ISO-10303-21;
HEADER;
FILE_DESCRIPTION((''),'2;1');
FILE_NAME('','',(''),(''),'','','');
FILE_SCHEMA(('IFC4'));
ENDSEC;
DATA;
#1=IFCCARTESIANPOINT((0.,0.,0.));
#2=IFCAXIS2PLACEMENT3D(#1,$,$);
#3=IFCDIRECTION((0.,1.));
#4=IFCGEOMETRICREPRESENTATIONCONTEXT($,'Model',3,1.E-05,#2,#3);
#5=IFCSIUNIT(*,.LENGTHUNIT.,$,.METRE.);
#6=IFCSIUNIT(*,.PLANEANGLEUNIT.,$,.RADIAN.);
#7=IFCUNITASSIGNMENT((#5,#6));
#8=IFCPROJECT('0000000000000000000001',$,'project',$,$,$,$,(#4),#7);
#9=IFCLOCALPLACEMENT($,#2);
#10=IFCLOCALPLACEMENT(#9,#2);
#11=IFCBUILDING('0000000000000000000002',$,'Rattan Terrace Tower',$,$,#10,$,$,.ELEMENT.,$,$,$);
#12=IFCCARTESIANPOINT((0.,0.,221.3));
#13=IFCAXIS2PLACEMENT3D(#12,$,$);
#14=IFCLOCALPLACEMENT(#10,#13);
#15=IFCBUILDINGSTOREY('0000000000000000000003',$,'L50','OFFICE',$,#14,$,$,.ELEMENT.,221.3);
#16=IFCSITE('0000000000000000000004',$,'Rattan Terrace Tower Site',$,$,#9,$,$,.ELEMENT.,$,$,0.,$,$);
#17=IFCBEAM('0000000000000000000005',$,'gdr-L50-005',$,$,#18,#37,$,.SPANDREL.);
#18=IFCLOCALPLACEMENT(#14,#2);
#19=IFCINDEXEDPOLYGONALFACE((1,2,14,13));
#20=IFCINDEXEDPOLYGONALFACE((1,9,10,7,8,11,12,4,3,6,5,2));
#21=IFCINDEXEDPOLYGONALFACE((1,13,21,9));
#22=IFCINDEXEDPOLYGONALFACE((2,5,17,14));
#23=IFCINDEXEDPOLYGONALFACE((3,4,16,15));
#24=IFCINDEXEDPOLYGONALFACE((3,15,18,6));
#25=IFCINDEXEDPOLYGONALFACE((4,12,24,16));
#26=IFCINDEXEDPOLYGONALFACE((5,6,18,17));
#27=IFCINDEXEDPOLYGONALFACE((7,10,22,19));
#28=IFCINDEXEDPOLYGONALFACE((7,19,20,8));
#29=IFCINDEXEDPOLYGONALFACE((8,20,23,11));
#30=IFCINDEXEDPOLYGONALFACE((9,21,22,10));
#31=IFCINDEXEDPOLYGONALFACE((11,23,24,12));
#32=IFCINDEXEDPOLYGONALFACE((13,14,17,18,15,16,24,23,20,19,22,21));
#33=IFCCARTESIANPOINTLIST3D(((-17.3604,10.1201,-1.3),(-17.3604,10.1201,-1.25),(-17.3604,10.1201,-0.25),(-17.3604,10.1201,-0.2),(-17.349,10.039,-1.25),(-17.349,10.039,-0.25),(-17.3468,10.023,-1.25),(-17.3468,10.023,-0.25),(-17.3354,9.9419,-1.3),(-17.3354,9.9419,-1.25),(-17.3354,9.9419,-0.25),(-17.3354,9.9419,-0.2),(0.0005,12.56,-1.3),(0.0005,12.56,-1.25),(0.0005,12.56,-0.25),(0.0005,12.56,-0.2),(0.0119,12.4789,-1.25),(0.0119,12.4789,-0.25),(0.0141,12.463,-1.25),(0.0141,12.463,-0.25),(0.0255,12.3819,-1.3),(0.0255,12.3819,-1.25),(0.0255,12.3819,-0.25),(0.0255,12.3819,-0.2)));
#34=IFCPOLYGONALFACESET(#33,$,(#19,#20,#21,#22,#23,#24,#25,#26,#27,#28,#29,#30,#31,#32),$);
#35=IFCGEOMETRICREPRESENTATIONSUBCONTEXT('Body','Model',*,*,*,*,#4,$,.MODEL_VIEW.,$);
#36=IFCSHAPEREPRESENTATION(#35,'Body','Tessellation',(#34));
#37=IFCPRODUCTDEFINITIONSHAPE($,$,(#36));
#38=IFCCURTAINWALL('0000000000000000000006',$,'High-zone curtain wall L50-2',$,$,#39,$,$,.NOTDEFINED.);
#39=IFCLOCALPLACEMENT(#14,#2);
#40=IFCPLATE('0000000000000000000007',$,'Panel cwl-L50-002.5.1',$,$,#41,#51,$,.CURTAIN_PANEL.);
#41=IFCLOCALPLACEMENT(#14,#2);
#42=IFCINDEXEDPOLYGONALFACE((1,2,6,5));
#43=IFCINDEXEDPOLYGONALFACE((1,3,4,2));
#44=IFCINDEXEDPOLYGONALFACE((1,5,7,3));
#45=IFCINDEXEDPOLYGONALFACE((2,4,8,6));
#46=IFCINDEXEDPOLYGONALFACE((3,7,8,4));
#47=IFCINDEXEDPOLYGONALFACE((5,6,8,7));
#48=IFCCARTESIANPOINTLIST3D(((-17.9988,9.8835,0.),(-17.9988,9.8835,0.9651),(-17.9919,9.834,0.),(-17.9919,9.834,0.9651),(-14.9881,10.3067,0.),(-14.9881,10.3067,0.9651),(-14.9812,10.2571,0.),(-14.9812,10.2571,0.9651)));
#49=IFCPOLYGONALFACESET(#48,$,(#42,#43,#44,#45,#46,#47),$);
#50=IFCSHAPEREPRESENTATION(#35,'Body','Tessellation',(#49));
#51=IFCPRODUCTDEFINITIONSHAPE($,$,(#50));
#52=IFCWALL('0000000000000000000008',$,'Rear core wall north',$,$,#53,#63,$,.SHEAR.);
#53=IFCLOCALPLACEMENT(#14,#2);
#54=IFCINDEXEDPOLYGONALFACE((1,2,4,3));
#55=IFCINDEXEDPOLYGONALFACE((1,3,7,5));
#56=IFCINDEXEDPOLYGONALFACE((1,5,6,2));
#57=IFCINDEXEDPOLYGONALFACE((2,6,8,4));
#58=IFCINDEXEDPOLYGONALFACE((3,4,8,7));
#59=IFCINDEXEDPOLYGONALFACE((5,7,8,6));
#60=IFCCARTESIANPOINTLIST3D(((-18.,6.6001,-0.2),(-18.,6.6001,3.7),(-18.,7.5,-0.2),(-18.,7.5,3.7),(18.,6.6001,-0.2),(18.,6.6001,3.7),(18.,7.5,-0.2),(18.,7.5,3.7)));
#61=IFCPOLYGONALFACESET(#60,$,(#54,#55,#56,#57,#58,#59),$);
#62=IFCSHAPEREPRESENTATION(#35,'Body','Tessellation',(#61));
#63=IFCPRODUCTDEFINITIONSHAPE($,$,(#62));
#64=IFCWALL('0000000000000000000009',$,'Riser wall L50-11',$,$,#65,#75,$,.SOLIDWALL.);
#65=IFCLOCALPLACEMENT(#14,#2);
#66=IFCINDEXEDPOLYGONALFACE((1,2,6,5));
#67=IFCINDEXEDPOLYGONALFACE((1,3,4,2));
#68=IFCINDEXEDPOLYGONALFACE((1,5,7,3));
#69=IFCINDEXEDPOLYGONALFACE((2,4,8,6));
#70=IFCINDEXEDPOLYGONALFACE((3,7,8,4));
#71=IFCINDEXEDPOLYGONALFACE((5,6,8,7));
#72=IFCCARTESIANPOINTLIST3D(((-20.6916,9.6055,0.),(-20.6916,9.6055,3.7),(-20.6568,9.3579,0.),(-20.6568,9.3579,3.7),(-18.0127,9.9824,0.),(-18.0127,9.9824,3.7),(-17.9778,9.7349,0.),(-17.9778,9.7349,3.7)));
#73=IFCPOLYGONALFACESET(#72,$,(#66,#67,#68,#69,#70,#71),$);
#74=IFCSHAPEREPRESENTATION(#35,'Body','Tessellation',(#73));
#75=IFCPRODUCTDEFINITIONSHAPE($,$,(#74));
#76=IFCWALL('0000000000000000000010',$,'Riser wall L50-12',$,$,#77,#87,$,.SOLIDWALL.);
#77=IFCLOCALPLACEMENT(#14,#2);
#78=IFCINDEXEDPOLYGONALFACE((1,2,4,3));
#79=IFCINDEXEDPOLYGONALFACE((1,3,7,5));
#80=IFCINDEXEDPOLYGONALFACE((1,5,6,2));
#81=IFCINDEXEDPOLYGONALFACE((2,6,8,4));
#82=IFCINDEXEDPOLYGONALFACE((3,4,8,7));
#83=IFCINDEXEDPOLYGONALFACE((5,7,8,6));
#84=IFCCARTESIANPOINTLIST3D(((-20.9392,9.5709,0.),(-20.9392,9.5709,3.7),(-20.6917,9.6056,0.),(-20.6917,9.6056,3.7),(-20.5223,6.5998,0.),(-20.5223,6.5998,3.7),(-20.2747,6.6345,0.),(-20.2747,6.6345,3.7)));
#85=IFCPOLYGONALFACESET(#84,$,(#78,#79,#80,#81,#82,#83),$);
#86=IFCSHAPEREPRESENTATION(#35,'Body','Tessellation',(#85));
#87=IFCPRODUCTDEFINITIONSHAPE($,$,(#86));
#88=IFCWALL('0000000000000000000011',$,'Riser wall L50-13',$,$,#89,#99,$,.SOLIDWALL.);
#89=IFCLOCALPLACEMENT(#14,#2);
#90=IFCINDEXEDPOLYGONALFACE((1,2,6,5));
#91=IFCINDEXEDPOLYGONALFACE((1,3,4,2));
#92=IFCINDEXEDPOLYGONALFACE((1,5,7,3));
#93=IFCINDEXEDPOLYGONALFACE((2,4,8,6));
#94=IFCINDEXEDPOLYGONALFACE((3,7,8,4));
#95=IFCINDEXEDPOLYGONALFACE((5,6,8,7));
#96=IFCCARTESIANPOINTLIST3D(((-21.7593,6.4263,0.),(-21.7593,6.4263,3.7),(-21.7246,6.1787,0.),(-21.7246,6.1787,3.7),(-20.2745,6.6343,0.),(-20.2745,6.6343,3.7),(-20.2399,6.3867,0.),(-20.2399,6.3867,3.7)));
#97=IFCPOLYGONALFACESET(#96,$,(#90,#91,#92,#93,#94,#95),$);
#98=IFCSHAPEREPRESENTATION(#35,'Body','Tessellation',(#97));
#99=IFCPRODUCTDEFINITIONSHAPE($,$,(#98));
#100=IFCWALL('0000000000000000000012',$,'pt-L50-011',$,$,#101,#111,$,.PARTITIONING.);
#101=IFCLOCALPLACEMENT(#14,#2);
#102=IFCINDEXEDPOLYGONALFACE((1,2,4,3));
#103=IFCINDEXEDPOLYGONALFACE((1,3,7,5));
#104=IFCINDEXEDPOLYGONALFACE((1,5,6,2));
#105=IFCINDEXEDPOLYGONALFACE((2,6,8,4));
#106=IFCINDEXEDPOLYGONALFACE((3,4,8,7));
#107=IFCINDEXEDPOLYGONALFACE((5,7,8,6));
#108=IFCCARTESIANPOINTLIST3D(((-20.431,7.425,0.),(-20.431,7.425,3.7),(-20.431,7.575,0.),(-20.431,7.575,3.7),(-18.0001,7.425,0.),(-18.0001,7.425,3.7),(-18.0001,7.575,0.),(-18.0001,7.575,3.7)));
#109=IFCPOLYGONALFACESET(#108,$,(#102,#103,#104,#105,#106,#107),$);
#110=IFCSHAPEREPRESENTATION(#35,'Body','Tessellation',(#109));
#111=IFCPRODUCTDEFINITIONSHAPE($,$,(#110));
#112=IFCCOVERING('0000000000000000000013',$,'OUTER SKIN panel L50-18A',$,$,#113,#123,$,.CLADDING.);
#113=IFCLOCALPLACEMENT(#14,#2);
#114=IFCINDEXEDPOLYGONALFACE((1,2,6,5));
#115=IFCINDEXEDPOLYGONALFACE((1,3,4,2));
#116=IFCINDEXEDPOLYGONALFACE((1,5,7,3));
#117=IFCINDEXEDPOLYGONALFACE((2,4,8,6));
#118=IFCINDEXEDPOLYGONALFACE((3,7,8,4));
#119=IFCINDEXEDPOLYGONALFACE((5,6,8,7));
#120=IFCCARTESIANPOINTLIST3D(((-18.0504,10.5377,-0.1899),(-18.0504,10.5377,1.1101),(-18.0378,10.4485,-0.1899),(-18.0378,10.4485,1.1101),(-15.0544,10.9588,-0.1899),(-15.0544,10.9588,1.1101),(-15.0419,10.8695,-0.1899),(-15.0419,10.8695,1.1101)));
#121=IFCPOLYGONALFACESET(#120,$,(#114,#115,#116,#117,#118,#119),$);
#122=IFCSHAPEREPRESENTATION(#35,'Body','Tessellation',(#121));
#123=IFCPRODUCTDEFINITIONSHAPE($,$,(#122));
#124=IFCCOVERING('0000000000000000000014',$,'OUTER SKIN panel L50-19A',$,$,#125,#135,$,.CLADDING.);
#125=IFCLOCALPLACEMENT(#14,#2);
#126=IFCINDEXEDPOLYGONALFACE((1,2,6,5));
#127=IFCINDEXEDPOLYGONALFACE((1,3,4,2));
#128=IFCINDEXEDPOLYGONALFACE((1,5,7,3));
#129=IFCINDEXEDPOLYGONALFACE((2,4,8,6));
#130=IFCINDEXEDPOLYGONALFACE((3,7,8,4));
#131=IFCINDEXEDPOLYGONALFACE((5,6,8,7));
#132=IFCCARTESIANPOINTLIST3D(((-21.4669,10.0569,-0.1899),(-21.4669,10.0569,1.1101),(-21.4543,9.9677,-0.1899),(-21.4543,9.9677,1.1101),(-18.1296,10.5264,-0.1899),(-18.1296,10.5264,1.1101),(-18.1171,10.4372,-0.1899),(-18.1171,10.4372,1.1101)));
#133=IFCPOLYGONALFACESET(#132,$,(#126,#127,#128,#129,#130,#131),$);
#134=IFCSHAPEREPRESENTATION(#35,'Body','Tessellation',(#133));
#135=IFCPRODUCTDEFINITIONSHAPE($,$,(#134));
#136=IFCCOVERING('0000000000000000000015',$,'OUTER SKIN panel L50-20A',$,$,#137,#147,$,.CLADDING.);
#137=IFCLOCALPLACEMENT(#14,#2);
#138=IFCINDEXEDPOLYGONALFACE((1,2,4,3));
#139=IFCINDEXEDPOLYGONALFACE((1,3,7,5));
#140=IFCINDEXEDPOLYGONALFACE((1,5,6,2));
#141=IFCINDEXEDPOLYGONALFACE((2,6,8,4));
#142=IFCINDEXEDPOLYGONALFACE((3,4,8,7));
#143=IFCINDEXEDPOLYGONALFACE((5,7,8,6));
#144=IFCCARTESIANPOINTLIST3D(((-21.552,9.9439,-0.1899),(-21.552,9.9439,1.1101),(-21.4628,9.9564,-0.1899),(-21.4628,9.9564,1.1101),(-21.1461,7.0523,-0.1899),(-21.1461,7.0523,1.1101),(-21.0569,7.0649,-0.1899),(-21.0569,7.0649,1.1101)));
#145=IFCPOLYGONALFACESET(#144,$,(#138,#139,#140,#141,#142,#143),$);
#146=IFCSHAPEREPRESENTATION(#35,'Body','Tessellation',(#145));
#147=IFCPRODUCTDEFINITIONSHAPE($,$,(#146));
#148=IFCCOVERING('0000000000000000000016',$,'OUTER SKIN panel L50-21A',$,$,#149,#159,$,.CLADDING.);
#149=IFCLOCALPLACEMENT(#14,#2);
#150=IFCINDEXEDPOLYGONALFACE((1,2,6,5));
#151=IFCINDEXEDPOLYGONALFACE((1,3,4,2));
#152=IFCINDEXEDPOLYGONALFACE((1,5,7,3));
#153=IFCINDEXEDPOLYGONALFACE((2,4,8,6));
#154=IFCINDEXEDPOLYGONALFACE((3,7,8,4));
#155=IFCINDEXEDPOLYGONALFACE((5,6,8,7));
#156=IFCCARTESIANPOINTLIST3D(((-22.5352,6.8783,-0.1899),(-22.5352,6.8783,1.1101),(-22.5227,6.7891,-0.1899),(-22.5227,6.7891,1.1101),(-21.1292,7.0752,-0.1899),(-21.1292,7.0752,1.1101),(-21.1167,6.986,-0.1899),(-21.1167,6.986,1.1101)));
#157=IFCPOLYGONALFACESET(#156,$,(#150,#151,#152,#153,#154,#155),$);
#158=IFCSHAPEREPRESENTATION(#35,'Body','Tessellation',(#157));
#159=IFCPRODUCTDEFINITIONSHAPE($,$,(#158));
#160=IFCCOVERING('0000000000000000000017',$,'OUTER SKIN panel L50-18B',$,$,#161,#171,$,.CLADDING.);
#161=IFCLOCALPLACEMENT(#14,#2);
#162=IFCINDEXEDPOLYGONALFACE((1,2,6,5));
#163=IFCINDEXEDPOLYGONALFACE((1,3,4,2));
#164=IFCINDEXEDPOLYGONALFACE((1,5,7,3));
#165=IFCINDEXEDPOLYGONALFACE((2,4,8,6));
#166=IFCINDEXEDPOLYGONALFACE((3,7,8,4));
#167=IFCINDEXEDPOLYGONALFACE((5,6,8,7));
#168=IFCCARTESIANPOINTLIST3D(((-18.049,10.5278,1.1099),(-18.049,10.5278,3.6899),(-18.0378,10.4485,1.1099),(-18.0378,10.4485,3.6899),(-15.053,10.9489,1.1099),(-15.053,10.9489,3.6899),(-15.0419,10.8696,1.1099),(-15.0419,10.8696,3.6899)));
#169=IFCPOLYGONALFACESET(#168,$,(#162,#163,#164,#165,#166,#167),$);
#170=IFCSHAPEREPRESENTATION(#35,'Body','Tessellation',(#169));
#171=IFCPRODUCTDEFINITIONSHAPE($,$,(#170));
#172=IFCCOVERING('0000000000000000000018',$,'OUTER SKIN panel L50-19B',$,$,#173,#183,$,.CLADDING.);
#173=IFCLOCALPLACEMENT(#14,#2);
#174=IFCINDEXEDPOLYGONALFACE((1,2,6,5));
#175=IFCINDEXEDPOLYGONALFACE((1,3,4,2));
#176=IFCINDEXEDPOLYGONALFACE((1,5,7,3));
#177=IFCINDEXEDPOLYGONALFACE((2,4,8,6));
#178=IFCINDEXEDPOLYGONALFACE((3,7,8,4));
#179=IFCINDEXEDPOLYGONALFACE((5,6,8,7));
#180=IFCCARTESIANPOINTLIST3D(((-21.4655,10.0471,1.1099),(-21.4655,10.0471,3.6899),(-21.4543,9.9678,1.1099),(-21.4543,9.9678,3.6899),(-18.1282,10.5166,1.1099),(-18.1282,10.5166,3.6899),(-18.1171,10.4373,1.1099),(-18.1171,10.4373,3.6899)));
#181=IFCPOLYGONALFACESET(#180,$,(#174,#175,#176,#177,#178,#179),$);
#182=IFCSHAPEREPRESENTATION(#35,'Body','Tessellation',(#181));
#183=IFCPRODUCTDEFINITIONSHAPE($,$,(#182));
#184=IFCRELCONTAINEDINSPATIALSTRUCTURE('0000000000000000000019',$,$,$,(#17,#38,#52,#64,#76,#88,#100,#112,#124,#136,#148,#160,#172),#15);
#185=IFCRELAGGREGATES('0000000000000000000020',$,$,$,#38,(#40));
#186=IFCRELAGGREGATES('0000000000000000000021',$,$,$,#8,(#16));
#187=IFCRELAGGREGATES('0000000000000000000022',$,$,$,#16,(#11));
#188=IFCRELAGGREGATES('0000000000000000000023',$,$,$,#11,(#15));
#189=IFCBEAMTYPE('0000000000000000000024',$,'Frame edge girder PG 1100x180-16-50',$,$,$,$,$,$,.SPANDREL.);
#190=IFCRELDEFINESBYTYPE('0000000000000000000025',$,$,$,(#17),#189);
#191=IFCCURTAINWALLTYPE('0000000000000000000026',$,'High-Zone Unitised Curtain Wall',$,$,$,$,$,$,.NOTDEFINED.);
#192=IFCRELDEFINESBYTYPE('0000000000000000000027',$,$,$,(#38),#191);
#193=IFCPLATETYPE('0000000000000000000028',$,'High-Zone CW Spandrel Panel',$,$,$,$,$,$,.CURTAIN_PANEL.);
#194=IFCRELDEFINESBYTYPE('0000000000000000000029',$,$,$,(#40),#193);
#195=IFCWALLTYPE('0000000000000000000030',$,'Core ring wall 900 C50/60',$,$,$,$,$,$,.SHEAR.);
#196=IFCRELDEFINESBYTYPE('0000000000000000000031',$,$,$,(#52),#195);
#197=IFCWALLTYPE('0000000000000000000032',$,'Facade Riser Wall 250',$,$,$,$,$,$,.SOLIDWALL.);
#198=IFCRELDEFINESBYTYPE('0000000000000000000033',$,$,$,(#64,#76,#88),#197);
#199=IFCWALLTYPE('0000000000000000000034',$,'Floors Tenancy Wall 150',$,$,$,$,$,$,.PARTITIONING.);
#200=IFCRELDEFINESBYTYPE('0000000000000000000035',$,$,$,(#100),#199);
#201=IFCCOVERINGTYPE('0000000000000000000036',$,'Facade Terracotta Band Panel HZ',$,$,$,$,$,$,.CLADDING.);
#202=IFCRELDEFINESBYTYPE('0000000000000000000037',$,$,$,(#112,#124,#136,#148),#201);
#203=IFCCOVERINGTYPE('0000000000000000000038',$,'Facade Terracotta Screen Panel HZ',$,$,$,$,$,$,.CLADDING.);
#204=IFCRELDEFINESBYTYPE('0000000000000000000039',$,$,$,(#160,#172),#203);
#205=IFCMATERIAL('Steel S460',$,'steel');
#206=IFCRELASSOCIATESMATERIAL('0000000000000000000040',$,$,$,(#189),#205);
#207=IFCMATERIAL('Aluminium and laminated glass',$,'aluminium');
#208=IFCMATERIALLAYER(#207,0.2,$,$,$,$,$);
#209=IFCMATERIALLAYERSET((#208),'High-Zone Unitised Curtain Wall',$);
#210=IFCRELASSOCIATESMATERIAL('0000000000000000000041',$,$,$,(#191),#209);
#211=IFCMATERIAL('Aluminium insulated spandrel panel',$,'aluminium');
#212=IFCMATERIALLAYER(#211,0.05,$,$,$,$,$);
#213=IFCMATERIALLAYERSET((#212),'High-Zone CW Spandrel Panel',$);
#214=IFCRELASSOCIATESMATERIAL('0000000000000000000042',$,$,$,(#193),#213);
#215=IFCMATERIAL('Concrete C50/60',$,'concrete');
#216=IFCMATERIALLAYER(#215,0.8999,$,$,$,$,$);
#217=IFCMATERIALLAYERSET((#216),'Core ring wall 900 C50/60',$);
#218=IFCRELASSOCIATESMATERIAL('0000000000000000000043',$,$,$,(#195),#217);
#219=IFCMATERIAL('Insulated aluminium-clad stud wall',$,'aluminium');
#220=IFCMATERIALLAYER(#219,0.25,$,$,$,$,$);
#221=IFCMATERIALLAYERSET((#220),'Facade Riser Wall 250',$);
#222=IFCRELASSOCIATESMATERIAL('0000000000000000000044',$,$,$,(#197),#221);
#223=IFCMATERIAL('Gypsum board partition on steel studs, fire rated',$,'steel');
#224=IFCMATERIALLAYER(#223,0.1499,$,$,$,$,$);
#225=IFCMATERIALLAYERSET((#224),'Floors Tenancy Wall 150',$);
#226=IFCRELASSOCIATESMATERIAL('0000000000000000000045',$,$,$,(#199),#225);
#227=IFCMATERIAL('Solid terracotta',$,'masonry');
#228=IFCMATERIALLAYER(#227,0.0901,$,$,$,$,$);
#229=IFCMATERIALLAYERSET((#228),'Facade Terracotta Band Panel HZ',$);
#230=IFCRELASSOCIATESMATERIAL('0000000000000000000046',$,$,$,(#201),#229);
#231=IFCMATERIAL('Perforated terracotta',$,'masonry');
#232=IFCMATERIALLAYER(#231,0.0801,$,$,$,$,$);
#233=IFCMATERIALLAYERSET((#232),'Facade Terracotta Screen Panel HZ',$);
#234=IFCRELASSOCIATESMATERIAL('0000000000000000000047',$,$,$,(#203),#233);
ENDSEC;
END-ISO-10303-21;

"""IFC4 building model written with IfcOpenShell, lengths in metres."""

from ifc_helpers import new_model, si_unit, direction, frame, frame_2d, origin, origin_2d, place, context, subcontext, project, spatial, rectangle, i_section, extrude, material, layer, layer_set, material_profile, profile_set, type_object, element, aggregate, save


model = new_model("IFC4")

# Units and contexts
model_context = context("Model", 3, precision=1e-05, world=origin(), true_north=direction((0.0, 1.0)))
body_context = subcontext(model_context, "Body", "Model", "MODEL_VIEW")
ifc_project = project(units=[si_unit("LENGTHUNIT", "METRE"), si_unit("PLANEANGLEUNIT", "RADIAN")], contexts=[model_context])

# Site, building, storey
site_placement = place(None, origin())
site = spatial("IfcSite", under=ifc_project, at=site_placement, Name="Rattan Terrace Tower Site", CompositionType="ELEMENT", RefElevation=0.0)
building_placement = place(site_placement, origin())
building = spatial("IfcBuilding", under=site, at=building_placement, Name="Rattan Terrace Tower", CompositionType="ELEMENT")
storey_placement = place(building_placement, frame((0.0, 0.0, 221.3)))
storey = spatial("IfcBuildingStorey", under=building, at=storey_placement, Name="L50", Description="OFFICE", CompositionType="ELEMENT", Elevation=221.3)

# Beam
ifc_material_1 = material(Name="Steel S460", Category="steel")
ifc_material_profile = material_profile(ifc_material_1, i_section(OverallWidth=0.1799, OverallDepth=1.1001, WebThickness=0.0161, FlangeThickness=0.05, at=origin_2d()), Name="PG 1100x180-16-50")
ifc_profile_set = profile_set([ifc_material_profile], Name="Steel S460")
beam_type = type_object("IfcBeamType", Name="Frame edge girder PG 1100x180-16-50", PredefinedType="SPANDREL", material=ifc_profile_set)
beam_placement = place(storey_placement, frame((-17.3479, 10.031, -0.75), z_axis=(0.990268, 0.139175, 0.0), x_axis=(-0.139175, 0.990268, 0.0)))
element("IfcBeam", 1, at=beam_placement, inside=storey, type_object=beam_type, Name="gdr-L50-005", PredefinedType="SPANDREL", context=body_context, shape_type="SweptSolid", body=[
    extrude(i_section(OverallWidth=0.1799, OverallDepth=1.1001, WebThickness=0.0161, FlangeThickness=0.05, at=origin_2d()), origin(), (0.0, 0.0, 1.0), 17.5315),
])

# Curtain wall, plate
ifc_material_2 = material(Name="Aluminium and laminated glass", Category="aluminium")
ifc_layer_1 = layer(ifc_material_2, 0.2)
ifc_layer_set_1 = layer_set([ifc_layer_1], Name="High-Zone Unitised Curtain Wall")
curtain_wall_type = type_object("IfcCurtainWallType", Name="High-Zone Unitised Curtain Wall", PredefinedType="NOTDEFINED", material=ifc_layer_set_1)
curtain_wall_placement = place(storey_placement, origin())
curtain_wall = element("IfcCurtainWall", 2, at=curtain_wall_placement, inside=storey, type_object=curtain_wall_type, Name="High-zone curtain wall L50-2", PredefinedType="NOTDEFINED")
ifc_material_3 = material(Name="Aluminium insulated spandrel panel", Category="aluminium")
ifc_layer_2 = layer(ifc_material_3, 0.05)
ifc_layer_set_2 = layer_set([ifc_layer_2], Name="High-Zone CW Spandrel Panel")
plate_type = type_object("IfcPlateType", Name="High-Zone CW Spandrel Panel", PredefinedType="CURTAIN_PANEL", material=ifc_layer_set_2)
plate_placement = place(storey_placement, frame((-16.49, 10.0703, 0.0), z_axis=(0.0, 0.0, 1.0), x_axis=(-0.990267, -0.139177, 0.0)))
plate = element("IfcPlate", 3, at=plate_placement, type_object=plate_type, Name="Panel cwl-L50-002.5.1", PredefinedType="CURTAIN_PANEL", context=body_context, shape_type="SweptSolid", body=[
    extrude(rectangle(XDim=3.0403, YDim=0.05, at=origin_2d()), origin(), (0.0, 0.0, 1.0), 0.9651),
])
aggregate(curtain_wall, [plate])

# Walls
ifc_material_4 = material(Name="Concrete C50/60", Category="concrete")
ifc_layer_3 = layer(ifc_material_4, 0.8999)
ifc_layer_set_3 = layer_set([ifc_layer_3], Name="Core ring wall 900 C50/60")
wall_type_1 = type_object("IfcWallType", Name="Core ring wall 900 C50/60", PredefinedType="SHEAR", material=ifc_layer_set_3)
wall_1_placement = place(storey_placement, frame((-18.0, 7.05, -0.2), z_axis=(0.0, 0.0, 1.0), x_axis=(1.0, 0.0, 0.0)))
element("IfcWall", 4, at=wall_1_placement, inside=storey, type_object=wall_type_1, Name="Rear core wall north", PredefinedType="SHEAR", context=body_context, shape_type="SweptSolid", body=[
    extrude(rectangle(XDim=36.0, YDim=0.8999, at=frame_2d((18.0, 0.0))), origin(), (0.0, 0.0, 1.0), 3.8999),
])
ifc_material_5 = material(Name="Insulated aluminium-clad stud wall", Category="aluminium")
ifc_layer_4 = layer(ifc_material_5, 0.25)
ifc_layer_set_4 = layer_set([ifc_layer_4], Name="Facade Riser Wall 250")
wall_type_2 = type_object("IfcWallType", Name="Facade Riser Wall 250", PredefinedType="SOLIDWALL", material=ifc_layer_set_4)
wall_2_placement = place(storey_placement, frame((-17.9954, 9.8586, 0.0), z_axis=(0.0, 0.0, 1.0), x_axis=(-0.990245, -0.139336, 0.0)))
element("IfcWall", 5, at=wall_2_placement, inside=storey, type_object=wall_type_2, Name="Riser wall L50-11", PredefinedType="SOLIDWALL", context=body_context, shape_type="SweptSolid", body=[
    extrude(rectangle(XDim=2.7053, YDim=0.25, at=frame_2d((1.3525, 0.0))), origin(), (0.0, 0.0, 1.0), 3.7),
])
wall_3_placement = place(storey_placement, frame((-20.8154, 9.5881, 0.0), z_axis=(0.0, 0.0, 1.0), x_axis=(0.138983, -0.990295, 0.0)))
element("IfcWall", 6, at=wall_3_placement, inside=storey, type_object=wall_type_2, Name="Riser wall L50-12", PredefinedType="SOLIDWALL", context=body_context, shape_type="SweptSolid", body=[
    extrude(rectangle(XDim=3.0002, YDim=0.25, at=frame_2d((1.5, 0.0))), origin(), (0.0, 0.0, 1.0), 3.7),
])
wall_4_placement = place(storey_placement, frame((-20.2573, 6.5105, 0.0), z_axis=(0.0, 0.0, 1.0), x_axis=(-0.99033, -0.138731, 0.0)))
element("IfcWall", 7, at=wall_4_placement, inside=storey, type_object=wall_type_2, Name="Riser wall L50-13", PredefinedType="SOLIDWALL", context=body_context, shape_type="SweptSolid", body=[
    extrude(rectangle(XDim=1.4993, YDim=0.25, at=frame_2d((0.7495, 0.0))), origin(), (0.0, 0.0, 1.0), 3.7),
])
ifc_material_6 = material(Name="Gypsum board partition on steel studs, fire rated", Category="steel")
ifc_layer_5 = layer(ifc_material_6, 0.1499)
ifc_layer_set_5 = layer_set([ifc_layer_5], Name="Floors Tenancy Wall 150")
wall_type_3 = type_object("IfcWallType", Name="Floors Tenancy Wall 150", PredefinedType="PARTITIONING", material=ifc_layer_set_5)
wall_5_placement = place(storey_placement, frame((-20.4309, 7.5, 0.0), z_axis=(0.0, 0.0, 1.0), x_axis=(1.0, 0.0, 0.0)))
element("IfcWall", 8, at=wall_5_placement, inside=storey, type_object=wall_type_3, Name="pt-L50-011", PredefinedType="PARTITIONING", context=body_context, shape_type="SweptSolid", body=[
    extrude(rectangle(XDim=2.4309, YDim=0.1499, at=frame_2d((1.2153, 0.0))), origin(), (0.0, 0.0, 1.0), 3.7),
])

# Coverings
ifc_material_7 = material(Name="Solid terracotta", Category="masonry")
ifc_layer_6 = layer(ifc_material_7, 0.0901)
ifc_layer_set_6 = layer_set([ifc_layer_6], Name="Facade Terracotta Band Panel HZ")
covering_type_1 = type_object("IfcCoveringType", Name="Facade Terracotta Band Panel HZ", PredefinedType="CLADDING", material=ifc_layer_set_6)
covering_1_placement = place(storey_placement, frame((-16.5461, 10.7036, -0.1899), z_axis=(0.0, 0.0, 1.0), x_axis=(-0.990267, -0.139177, 0.0)))
element("IfcCovering", 9, at=covering_1_placement, inside=storey, type_object=covering_type_1, Name="OUTER SKIN panel L50-18A", PredefinedType="CLADDING", context=body_context, shape_type="SweptSolid", body=[
    extrude(rectangle(XDim=3.0254, YDim=0.0901, at=origin_2d()), origin(), (0.0, 0.0, 1.0), 1.3),
])
covering_2_placement = place(storey_placement, frame((-19.792, 10.2471, -0.1899), z_axis=(0.0, 0.0, 1.0), x_axis=(-0.990247, -0.139321, 0.0)))
element("IfcCovering", 10, at=covering_2_placement, inside=storey, type_object=covering_type_1, Name="OUTER SKIN panel L50-19A", PredefinedType="CLADDING", context=body_context, shape_type="SweptSolid", body=[
    extrude(rectangle(XDim=3.3701, YDim=0.0901, at=origin_2d()), origin(), (0.0, 0.0, 1.0), 1.3),
])
covering_3_placement = place(storey_placement, frame((-21.3044, 8.5044, -0.1899), z_axis=(0.0, 0.0, 1.0), x_axis=(0.138994, -0.990293, 0.0)))
element("IfcCovering", 11, at=covering_3_placement, inside=storey, type_object=covering_type_1, Name="OUTER SKIN panel L50-20A", PredefinedType="CLADDING", context=body_context, shape_type="SweptSolid", body=[
    extrude(rectangle(XDim=2.9199, YDim=0.0901, at=origin_2d()), origin(), (0.0, 0.0, 1.0), 1.3),
])
covering_4_placement = place(storey_placement, frame((-21.8259, 6.9321, -0.1899), z_axis=(0.0, 0.0, 1.0), x_axis=(-0.990333, -0.138713, 0.0)))
element("IfcCovering", 12, at=covering_4_placement, inside=storey, type_object=covering_type_1, Name="OUTER SKIN panel L50-21A", PredefinedType="CLADDING", context=body_context, shape_type="SweptSolid", body=[
    extrude(rectangle(XDim=1.4197, YDim=0.0901, at=origin_2d()), origin(), (0.0, 0.0, 1.0), 1.3),
])
ifc_material_8 = material(Name="Perforated terracotta", Category="masonry")
ifc_layer_7 = layer(ifc_material_8, 0.0801)
ifc_layer_set_7 = layer_set([ifc_layer_7], Name="Facade Terracotta Screen Panel HZ")
covering_type_2 = type_object("IfcCoveringType", Name="Facade Terracotta Screen Panel HZ", PredefinedType="CLADDING", material=ifc_layer_set_7)
covering_5_placement = place(storey_placement, frame((-16.5454, 10.6987, 1.1099), z_axis=(0.0, 0.0, 1.0), x_axis=(-0.990267, -0.139177, 0.0)))
element("IfcCovering", 13, at=covering_5_placement, inside=storey, type_object=covering_type_2, Name="OUTER SKIN panel L50-18B", PredefinedType="CLADDING", context=body_context, shape_type="SweptSolid", body=[
    extrude(rectangle(XDim=3.0254, YDim=0.0801, at=origin_2d()), origin(), (0.0, 0.0, 1.0), 2.5801),
])
covering_6_placement = place(storey_placement, frame((-19.7913, 10.2422, 1.1099), z_axis=(0.0, 0.0, 1.0), x_axis=(-0.990247, -0.139321, 0.0)))
element("IfcCovering", 14, at=covering_6_placement, inside=storey, type_object=covering_type_2, Name="OUTER SKIN panel L50-19B", PredefinedType="CLADDING", context=body_context, shape_type="SweptSolid", body=[
    extrude(rectangle(XDim=3.3701, YDim=0.0801, at=origin_2d()), origin(), (0.0, 0.0, 1.0), 2.5801),
])

save(model, "model.ifc")
